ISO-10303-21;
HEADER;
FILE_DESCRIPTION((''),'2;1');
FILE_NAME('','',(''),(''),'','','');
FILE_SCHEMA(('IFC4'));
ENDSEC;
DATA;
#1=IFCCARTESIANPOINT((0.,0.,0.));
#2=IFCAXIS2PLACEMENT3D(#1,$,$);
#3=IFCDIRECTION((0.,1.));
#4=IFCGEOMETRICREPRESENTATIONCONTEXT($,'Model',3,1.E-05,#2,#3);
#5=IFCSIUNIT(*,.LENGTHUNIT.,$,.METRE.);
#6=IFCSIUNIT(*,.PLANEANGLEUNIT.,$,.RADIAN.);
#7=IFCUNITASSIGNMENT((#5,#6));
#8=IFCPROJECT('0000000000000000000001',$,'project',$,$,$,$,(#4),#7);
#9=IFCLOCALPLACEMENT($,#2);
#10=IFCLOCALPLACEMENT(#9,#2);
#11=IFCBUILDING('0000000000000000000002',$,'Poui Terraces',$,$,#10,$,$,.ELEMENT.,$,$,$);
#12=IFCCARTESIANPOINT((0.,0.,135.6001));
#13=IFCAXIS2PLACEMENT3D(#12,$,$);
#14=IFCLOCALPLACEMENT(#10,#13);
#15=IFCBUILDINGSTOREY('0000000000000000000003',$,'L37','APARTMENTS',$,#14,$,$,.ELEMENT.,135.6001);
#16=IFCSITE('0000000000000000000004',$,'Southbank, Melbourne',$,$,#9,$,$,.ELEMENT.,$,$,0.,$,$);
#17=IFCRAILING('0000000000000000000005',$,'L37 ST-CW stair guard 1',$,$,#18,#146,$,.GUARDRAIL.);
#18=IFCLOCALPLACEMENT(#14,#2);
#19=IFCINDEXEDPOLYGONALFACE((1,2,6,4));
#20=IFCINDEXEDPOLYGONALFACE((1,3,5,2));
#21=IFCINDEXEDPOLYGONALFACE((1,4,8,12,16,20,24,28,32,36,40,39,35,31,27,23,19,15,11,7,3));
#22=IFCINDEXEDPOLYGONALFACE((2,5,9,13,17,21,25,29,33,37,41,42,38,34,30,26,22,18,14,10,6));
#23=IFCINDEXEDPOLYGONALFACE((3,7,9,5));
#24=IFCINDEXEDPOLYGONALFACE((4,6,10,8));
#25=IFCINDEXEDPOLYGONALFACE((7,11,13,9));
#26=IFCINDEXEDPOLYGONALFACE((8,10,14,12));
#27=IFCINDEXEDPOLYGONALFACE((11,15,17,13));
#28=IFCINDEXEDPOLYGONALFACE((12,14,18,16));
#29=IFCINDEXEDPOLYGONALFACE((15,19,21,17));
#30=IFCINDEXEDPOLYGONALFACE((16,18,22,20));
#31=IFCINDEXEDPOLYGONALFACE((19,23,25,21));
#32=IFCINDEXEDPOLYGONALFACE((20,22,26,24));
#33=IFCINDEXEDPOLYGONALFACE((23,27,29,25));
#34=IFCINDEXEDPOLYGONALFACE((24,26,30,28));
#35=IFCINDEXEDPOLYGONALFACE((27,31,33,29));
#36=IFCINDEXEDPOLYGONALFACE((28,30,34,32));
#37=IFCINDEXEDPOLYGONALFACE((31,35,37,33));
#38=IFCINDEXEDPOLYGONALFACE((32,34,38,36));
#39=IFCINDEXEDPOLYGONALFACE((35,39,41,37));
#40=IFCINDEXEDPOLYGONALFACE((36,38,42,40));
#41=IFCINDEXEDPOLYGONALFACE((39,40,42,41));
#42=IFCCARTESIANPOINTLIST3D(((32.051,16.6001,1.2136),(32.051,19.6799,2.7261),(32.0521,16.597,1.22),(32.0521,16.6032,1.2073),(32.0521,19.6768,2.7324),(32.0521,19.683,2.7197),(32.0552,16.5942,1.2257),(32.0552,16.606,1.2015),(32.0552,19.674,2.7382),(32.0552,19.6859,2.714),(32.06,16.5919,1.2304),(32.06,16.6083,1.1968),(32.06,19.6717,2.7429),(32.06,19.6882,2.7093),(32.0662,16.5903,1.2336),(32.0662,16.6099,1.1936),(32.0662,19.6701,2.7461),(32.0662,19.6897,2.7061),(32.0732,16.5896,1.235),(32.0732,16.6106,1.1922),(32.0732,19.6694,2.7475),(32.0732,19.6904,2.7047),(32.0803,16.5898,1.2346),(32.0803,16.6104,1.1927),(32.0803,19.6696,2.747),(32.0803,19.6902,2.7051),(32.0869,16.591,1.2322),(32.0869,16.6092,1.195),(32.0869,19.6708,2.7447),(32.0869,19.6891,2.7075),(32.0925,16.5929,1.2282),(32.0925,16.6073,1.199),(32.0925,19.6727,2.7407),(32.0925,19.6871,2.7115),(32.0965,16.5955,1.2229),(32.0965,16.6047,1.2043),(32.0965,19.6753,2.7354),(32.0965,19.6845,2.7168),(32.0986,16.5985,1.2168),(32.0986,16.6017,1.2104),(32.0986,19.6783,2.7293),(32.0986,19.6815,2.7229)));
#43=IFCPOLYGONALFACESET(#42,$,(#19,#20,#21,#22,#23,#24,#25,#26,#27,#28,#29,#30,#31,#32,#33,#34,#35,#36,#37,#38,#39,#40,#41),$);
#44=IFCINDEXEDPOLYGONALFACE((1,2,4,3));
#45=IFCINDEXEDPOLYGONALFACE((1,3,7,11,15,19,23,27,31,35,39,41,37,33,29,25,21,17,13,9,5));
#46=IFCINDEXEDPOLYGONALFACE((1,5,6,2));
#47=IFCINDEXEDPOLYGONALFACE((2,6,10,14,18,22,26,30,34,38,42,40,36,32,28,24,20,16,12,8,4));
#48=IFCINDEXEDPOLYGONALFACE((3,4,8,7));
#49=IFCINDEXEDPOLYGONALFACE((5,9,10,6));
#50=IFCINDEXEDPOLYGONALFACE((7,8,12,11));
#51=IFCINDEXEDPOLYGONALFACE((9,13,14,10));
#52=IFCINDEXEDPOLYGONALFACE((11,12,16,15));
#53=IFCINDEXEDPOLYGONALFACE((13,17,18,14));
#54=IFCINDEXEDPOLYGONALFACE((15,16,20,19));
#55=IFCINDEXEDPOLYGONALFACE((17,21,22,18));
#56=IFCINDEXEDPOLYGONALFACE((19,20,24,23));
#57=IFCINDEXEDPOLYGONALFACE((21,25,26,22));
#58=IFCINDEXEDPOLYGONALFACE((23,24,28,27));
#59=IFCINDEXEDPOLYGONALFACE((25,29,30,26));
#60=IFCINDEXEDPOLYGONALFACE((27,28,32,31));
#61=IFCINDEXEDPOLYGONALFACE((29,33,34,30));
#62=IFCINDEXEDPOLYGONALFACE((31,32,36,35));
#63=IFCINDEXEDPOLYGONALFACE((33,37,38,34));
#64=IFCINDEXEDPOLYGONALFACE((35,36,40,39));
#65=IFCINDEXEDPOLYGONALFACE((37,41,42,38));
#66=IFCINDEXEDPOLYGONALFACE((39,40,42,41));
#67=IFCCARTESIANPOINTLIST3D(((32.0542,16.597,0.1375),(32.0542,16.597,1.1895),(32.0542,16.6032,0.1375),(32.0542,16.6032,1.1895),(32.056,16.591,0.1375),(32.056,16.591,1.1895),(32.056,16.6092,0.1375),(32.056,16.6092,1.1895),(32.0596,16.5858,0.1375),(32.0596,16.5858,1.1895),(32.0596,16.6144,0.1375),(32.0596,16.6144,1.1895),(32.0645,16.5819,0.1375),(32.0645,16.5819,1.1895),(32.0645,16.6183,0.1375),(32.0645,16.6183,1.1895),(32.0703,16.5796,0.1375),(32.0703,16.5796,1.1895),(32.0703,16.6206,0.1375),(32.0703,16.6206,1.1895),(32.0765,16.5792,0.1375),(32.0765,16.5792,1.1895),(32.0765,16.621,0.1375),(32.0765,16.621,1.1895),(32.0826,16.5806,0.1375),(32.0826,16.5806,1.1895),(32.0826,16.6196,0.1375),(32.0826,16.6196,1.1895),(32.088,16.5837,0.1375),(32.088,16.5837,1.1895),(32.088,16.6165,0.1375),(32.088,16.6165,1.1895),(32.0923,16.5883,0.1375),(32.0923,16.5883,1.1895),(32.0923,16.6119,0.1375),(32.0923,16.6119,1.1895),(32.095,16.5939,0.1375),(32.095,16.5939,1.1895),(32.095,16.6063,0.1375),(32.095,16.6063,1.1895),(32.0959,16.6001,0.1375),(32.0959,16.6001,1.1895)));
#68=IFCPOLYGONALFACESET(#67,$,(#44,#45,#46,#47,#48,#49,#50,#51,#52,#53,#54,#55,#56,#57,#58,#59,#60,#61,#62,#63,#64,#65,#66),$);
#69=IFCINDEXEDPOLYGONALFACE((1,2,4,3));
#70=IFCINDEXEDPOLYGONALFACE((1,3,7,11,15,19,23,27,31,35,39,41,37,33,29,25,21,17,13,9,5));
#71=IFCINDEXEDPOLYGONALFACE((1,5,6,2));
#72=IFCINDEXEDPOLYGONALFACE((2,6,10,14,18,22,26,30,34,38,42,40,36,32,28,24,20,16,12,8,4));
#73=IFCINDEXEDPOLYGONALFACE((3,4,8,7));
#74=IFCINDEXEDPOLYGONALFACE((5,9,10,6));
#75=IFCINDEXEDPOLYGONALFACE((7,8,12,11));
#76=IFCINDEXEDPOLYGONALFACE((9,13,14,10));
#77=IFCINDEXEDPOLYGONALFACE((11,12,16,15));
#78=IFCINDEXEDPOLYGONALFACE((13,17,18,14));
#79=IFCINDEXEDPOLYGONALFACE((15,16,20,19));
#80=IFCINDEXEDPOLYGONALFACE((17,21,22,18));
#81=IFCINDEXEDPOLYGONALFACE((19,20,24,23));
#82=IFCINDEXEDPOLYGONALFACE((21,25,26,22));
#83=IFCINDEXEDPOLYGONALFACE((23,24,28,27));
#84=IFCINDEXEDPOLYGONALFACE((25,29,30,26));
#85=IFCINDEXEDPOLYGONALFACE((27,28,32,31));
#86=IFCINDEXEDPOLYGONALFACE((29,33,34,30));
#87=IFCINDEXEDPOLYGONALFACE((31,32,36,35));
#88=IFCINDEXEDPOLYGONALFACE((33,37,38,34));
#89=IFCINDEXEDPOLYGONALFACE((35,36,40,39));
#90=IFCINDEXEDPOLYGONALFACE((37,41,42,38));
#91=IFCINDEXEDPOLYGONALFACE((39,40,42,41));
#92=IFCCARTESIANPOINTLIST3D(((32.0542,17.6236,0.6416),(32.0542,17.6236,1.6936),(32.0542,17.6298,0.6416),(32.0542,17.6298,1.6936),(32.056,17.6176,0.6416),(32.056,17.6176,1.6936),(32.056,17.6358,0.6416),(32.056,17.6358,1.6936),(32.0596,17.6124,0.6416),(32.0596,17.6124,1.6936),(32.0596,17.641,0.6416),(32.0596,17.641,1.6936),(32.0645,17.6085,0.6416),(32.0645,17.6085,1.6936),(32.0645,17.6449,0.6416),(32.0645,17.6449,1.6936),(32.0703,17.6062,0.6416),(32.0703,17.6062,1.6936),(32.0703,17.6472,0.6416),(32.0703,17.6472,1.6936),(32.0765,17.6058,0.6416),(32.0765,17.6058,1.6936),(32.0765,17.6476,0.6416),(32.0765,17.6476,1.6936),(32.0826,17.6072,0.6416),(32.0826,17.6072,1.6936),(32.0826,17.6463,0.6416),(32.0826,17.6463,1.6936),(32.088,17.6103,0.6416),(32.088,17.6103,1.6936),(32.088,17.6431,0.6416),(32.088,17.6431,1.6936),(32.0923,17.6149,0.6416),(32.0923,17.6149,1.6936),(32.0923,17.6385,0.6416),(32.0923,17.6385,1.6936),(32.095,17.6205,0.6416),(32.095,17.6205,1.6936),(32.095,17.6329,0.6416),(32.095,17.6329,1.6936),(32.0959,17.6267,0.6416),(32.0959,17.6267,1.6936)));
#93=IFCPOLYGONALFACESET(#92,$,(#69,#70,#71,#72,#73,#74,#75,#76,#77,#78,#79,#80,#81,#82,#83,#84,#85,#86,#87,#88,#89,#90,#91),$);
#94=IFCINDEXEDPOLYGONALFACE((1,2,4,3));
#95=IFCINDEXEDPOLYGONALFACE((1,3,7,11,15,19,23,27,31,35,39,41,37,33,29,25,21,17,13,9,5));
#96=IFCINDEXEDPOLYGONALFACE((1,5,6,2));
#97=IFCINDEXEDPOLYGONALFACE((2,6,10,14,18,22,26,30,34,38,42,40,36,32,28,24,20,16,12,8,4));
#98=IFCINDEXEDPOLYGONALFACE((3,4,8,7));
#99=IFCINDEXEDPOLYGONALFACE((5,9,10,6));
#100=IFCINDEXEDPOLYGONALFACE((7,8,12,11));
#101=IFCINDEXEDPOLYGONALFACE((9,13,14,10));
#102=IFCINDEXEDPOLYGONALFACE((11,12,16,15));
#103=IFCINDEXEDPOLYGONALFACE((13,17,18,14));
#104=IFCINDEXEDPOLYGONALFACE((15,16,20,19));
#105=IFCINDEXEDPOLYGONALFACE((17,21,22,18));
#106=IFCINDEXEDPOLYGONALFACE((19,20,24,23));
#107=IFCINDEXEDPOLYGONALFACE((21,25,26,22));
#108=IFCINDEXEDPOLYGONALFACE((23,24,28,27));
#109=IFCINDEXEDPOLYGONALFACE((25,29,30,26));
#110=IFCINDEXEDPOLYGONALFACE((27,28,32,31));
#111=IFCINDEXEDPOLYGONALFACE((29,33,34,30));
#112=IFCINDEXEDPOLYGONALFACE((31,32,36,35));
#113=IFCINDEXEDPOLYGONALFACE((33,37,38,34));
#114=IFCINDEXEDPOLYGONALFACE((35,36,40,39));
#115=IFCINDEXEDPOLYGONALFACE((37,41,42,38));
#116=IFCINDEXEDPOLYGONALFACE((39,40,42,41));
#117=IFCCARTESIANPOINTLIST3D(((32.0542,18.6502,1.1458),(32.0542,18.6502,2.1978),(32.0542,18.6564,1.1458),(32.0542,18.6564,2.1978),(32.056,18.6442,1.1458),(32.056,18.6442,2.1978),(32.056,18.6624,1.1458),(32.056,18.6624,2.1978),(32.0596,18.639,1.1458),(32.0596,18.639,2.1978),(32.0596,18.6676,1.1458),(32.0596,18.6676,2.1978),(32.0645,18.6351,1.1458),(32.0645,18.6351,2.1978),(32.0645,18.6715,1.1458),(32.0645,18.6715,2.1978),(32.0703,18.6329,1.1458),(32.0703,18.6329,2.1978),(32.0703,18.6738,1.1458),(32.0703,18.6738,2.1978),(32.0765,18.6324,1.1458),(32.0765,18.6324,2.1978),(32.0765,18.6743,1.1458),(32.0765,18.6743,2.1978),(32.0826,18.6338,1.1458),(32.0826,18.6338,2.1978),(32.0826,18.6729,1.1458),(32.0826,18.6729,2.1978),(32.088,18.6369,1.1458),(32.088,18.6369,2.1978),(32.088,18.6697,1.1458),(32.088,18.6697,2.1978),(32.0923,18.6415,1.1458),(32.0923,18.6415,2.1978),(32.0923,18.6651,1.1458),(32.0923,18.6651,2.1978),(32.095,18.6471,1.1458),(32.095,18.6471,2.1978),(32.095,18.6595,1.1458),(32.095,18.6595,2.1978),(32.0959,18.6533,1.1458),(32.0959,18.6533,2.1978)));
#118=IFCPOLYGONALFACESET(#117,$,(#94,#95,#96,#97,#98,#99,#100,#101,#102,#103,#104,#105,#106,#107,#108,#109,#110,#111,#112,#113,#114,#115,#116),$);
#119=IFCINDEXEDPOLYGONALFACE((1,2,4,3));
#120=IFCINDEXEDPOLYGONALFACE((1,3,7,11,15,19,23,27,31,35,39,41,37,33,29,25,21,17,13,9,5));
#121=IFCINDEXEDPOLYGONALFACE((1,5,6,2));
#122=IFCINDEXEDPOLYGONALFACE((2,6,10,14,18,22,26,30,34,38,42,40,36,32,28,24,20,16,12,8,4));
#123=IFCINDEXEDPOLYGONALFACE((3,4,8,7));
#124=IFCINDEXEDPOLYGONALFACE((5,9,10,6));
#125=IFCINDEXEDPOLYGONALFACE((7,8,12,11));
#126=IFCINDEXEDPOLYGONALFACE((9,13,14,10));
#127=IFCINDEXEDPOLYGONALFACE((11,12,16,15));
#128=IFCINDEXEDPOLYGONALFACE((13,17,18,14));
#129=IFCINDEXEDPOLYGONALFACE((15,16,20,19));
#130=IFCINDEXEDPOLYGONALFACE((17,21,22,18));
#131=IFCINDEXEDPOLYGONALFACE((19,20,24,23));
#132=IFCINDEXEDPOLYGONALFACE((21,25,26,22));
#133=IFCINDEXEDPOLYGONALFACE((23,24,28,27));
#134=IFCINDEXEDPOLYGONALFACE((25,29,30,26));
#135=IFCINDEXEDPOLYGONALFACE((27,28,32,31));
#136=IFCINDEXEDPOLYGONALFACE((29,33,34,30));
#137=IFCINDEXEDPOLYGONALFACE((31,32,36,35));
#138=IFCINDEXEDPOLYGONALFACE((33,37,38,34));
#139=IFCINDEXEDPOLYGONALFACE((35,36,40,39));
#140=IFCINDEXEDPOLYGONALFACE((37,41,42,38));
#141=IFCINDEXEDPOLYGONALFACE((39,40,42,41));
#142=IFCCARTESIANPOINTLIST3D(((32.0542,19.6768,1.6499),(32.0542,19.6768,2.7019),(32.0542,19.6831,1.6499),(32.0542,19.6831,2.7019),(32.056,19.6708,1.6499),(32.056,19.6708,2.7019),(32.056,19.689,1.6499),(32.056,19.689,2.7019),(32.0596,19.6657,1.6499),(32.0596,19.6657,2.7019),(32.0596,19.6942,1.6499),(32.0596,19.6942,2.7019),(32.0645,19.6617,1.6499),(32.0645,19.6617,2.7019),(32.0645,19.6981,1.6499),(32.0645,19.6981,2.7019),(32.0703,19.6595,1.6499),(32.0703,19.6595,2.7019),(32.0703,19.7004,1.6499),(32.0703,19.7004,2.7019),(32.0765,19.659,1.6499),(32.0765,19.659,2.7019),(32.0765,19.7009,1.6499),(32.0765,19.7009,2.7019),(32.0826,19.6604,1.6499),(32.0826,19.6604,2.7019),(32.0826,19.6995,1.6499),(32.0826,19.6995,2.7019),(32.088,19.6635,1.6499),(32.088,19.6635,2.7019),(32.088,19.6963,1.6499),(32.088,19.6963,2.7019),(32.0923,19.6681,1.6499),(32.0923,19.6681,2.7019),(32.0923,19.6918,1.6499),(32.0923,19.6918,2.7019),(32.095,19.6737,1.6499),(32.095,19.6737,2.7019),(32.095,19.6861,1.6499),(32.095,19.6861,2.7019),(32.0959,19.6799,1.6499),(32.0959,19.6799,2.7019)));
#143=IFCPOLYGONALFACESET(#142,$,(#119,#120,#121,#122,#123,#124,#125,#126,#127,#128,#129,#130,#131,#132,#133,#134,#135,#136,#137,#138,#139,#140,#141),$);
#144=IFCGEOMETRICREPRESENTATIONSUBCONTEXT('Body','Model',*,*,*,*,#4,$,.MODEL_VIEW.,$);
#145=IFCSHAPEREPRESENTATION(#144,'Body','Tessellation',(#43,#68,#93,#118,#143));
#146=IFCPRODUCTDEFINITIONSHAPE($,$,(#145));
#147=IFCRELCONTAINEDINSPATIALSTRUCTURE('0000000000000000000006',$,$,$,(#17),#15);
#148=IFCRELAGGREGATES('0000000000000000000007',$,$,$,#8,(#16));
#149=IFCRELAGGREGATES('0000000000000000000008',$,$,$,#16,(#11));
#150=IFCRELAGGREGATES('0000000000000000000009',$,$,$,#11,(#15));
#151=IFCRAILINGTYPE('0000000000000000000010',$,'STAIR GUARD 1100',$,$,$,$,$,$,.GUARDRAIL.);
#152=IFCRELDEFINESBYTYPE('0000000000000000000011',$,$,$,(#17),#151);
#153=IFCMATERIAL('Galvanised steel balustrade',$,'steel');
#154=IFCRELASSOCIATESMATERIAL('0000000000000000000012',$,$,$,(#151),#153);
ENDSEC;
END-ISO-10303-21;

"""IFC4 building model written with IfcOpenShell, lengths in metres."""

from ifc_helpers import new_model, si_unit, direction, frame, origin, origin_2d, place, context, subcontext, project, spatial, circle, extrude, material, type_object, element, save


model = new_model("IFC4")

# Units and contexts
model_context = context("Model", 3, precision=1e-05, world=origin(), true_north=direction((0.0, 1.0)))
body_context = subcontext(model_context, "Body", "Model", "MODEL_VIEW")
ifc_project = project(units=[si_unit("LENGTHUNIT", "METRE"), si_unit("PLANEANGLEUNIT", "RADIAN")], contexts=[model_context])

# Site, building, storey
site_placement = place(None, origin())
site = spatial("IfcSite", under=ifc_project, at=site_placement, Name="Southbank, Melbourne", CompositionType="ELEMENT", RefElevation=0.0)
building_placement = place(site_placement, origin())
building = spatial("IfcBuilding", under=site, at=building_placement, Name="Poui Terraces", CompositionType="ELEMENT")
storey_placement = place(building_placement, frame((0.0, 0.0, 135.6001)))
storey = spatial("IfcBuildingStorey", under=building, at=storey_placement, Name="L37", Description="APARTMENTS", CompositionType="ELEMENT", Elevation=135.6001)

# Railing
ifc_material_1 = material(Name="Galvanised steel balustrade", Category="steel")
railing_type_1 = type_object("IfcRailingType", Name="STAIR GUARD 1100", PredefinedType="GUARDRAIL", material=ifc_material_1)
railing_1_placement = place(storey_placement, frame((32.075, 16.6001, 0.1375)))
element("IfcRailing", 1, at=railing_1_placement, inside=storey, type_object=railing_type_1, Name="L37 ST-CW stair guard 1", PredefinedType="GUARDRAIL", context=body_context, shape_type="SweptSolid", body=[
    extrude(circle(Radius=0.0239, at=origin_2d()), frame((0.0, 0.0, 1.0762), z_axis=(0.0, 0.897606, 0.440798), x_axis=(-1.0, 0.0, 0.0)), (0.0, 0.0, 1.0), 3.4312),
    extrude(circle(Radius=0.021, at=origin_2d()), origin(), (0.0, 0.0, 1.0), 1.052),
    extrude(circle(Radius=0.021, at=origin_2d()), frame((0.0, 1.0266, 0.5042)), (0.0, 0.0, 1.0), 1.052),
    extrude(circle(Radius=0.021, at=origin_2d()), frame((0.0, 2.0532, 1.0083)), (0.0, 0.0, 1.0), 1.052),
    extrude(circle(Radius=0.021, at=origin_2d()), frame((0.0, 3.0798, 1.5125)), (0.0, 0.0, 1.0), 1.052),
])

save(model, "model.ifc")
